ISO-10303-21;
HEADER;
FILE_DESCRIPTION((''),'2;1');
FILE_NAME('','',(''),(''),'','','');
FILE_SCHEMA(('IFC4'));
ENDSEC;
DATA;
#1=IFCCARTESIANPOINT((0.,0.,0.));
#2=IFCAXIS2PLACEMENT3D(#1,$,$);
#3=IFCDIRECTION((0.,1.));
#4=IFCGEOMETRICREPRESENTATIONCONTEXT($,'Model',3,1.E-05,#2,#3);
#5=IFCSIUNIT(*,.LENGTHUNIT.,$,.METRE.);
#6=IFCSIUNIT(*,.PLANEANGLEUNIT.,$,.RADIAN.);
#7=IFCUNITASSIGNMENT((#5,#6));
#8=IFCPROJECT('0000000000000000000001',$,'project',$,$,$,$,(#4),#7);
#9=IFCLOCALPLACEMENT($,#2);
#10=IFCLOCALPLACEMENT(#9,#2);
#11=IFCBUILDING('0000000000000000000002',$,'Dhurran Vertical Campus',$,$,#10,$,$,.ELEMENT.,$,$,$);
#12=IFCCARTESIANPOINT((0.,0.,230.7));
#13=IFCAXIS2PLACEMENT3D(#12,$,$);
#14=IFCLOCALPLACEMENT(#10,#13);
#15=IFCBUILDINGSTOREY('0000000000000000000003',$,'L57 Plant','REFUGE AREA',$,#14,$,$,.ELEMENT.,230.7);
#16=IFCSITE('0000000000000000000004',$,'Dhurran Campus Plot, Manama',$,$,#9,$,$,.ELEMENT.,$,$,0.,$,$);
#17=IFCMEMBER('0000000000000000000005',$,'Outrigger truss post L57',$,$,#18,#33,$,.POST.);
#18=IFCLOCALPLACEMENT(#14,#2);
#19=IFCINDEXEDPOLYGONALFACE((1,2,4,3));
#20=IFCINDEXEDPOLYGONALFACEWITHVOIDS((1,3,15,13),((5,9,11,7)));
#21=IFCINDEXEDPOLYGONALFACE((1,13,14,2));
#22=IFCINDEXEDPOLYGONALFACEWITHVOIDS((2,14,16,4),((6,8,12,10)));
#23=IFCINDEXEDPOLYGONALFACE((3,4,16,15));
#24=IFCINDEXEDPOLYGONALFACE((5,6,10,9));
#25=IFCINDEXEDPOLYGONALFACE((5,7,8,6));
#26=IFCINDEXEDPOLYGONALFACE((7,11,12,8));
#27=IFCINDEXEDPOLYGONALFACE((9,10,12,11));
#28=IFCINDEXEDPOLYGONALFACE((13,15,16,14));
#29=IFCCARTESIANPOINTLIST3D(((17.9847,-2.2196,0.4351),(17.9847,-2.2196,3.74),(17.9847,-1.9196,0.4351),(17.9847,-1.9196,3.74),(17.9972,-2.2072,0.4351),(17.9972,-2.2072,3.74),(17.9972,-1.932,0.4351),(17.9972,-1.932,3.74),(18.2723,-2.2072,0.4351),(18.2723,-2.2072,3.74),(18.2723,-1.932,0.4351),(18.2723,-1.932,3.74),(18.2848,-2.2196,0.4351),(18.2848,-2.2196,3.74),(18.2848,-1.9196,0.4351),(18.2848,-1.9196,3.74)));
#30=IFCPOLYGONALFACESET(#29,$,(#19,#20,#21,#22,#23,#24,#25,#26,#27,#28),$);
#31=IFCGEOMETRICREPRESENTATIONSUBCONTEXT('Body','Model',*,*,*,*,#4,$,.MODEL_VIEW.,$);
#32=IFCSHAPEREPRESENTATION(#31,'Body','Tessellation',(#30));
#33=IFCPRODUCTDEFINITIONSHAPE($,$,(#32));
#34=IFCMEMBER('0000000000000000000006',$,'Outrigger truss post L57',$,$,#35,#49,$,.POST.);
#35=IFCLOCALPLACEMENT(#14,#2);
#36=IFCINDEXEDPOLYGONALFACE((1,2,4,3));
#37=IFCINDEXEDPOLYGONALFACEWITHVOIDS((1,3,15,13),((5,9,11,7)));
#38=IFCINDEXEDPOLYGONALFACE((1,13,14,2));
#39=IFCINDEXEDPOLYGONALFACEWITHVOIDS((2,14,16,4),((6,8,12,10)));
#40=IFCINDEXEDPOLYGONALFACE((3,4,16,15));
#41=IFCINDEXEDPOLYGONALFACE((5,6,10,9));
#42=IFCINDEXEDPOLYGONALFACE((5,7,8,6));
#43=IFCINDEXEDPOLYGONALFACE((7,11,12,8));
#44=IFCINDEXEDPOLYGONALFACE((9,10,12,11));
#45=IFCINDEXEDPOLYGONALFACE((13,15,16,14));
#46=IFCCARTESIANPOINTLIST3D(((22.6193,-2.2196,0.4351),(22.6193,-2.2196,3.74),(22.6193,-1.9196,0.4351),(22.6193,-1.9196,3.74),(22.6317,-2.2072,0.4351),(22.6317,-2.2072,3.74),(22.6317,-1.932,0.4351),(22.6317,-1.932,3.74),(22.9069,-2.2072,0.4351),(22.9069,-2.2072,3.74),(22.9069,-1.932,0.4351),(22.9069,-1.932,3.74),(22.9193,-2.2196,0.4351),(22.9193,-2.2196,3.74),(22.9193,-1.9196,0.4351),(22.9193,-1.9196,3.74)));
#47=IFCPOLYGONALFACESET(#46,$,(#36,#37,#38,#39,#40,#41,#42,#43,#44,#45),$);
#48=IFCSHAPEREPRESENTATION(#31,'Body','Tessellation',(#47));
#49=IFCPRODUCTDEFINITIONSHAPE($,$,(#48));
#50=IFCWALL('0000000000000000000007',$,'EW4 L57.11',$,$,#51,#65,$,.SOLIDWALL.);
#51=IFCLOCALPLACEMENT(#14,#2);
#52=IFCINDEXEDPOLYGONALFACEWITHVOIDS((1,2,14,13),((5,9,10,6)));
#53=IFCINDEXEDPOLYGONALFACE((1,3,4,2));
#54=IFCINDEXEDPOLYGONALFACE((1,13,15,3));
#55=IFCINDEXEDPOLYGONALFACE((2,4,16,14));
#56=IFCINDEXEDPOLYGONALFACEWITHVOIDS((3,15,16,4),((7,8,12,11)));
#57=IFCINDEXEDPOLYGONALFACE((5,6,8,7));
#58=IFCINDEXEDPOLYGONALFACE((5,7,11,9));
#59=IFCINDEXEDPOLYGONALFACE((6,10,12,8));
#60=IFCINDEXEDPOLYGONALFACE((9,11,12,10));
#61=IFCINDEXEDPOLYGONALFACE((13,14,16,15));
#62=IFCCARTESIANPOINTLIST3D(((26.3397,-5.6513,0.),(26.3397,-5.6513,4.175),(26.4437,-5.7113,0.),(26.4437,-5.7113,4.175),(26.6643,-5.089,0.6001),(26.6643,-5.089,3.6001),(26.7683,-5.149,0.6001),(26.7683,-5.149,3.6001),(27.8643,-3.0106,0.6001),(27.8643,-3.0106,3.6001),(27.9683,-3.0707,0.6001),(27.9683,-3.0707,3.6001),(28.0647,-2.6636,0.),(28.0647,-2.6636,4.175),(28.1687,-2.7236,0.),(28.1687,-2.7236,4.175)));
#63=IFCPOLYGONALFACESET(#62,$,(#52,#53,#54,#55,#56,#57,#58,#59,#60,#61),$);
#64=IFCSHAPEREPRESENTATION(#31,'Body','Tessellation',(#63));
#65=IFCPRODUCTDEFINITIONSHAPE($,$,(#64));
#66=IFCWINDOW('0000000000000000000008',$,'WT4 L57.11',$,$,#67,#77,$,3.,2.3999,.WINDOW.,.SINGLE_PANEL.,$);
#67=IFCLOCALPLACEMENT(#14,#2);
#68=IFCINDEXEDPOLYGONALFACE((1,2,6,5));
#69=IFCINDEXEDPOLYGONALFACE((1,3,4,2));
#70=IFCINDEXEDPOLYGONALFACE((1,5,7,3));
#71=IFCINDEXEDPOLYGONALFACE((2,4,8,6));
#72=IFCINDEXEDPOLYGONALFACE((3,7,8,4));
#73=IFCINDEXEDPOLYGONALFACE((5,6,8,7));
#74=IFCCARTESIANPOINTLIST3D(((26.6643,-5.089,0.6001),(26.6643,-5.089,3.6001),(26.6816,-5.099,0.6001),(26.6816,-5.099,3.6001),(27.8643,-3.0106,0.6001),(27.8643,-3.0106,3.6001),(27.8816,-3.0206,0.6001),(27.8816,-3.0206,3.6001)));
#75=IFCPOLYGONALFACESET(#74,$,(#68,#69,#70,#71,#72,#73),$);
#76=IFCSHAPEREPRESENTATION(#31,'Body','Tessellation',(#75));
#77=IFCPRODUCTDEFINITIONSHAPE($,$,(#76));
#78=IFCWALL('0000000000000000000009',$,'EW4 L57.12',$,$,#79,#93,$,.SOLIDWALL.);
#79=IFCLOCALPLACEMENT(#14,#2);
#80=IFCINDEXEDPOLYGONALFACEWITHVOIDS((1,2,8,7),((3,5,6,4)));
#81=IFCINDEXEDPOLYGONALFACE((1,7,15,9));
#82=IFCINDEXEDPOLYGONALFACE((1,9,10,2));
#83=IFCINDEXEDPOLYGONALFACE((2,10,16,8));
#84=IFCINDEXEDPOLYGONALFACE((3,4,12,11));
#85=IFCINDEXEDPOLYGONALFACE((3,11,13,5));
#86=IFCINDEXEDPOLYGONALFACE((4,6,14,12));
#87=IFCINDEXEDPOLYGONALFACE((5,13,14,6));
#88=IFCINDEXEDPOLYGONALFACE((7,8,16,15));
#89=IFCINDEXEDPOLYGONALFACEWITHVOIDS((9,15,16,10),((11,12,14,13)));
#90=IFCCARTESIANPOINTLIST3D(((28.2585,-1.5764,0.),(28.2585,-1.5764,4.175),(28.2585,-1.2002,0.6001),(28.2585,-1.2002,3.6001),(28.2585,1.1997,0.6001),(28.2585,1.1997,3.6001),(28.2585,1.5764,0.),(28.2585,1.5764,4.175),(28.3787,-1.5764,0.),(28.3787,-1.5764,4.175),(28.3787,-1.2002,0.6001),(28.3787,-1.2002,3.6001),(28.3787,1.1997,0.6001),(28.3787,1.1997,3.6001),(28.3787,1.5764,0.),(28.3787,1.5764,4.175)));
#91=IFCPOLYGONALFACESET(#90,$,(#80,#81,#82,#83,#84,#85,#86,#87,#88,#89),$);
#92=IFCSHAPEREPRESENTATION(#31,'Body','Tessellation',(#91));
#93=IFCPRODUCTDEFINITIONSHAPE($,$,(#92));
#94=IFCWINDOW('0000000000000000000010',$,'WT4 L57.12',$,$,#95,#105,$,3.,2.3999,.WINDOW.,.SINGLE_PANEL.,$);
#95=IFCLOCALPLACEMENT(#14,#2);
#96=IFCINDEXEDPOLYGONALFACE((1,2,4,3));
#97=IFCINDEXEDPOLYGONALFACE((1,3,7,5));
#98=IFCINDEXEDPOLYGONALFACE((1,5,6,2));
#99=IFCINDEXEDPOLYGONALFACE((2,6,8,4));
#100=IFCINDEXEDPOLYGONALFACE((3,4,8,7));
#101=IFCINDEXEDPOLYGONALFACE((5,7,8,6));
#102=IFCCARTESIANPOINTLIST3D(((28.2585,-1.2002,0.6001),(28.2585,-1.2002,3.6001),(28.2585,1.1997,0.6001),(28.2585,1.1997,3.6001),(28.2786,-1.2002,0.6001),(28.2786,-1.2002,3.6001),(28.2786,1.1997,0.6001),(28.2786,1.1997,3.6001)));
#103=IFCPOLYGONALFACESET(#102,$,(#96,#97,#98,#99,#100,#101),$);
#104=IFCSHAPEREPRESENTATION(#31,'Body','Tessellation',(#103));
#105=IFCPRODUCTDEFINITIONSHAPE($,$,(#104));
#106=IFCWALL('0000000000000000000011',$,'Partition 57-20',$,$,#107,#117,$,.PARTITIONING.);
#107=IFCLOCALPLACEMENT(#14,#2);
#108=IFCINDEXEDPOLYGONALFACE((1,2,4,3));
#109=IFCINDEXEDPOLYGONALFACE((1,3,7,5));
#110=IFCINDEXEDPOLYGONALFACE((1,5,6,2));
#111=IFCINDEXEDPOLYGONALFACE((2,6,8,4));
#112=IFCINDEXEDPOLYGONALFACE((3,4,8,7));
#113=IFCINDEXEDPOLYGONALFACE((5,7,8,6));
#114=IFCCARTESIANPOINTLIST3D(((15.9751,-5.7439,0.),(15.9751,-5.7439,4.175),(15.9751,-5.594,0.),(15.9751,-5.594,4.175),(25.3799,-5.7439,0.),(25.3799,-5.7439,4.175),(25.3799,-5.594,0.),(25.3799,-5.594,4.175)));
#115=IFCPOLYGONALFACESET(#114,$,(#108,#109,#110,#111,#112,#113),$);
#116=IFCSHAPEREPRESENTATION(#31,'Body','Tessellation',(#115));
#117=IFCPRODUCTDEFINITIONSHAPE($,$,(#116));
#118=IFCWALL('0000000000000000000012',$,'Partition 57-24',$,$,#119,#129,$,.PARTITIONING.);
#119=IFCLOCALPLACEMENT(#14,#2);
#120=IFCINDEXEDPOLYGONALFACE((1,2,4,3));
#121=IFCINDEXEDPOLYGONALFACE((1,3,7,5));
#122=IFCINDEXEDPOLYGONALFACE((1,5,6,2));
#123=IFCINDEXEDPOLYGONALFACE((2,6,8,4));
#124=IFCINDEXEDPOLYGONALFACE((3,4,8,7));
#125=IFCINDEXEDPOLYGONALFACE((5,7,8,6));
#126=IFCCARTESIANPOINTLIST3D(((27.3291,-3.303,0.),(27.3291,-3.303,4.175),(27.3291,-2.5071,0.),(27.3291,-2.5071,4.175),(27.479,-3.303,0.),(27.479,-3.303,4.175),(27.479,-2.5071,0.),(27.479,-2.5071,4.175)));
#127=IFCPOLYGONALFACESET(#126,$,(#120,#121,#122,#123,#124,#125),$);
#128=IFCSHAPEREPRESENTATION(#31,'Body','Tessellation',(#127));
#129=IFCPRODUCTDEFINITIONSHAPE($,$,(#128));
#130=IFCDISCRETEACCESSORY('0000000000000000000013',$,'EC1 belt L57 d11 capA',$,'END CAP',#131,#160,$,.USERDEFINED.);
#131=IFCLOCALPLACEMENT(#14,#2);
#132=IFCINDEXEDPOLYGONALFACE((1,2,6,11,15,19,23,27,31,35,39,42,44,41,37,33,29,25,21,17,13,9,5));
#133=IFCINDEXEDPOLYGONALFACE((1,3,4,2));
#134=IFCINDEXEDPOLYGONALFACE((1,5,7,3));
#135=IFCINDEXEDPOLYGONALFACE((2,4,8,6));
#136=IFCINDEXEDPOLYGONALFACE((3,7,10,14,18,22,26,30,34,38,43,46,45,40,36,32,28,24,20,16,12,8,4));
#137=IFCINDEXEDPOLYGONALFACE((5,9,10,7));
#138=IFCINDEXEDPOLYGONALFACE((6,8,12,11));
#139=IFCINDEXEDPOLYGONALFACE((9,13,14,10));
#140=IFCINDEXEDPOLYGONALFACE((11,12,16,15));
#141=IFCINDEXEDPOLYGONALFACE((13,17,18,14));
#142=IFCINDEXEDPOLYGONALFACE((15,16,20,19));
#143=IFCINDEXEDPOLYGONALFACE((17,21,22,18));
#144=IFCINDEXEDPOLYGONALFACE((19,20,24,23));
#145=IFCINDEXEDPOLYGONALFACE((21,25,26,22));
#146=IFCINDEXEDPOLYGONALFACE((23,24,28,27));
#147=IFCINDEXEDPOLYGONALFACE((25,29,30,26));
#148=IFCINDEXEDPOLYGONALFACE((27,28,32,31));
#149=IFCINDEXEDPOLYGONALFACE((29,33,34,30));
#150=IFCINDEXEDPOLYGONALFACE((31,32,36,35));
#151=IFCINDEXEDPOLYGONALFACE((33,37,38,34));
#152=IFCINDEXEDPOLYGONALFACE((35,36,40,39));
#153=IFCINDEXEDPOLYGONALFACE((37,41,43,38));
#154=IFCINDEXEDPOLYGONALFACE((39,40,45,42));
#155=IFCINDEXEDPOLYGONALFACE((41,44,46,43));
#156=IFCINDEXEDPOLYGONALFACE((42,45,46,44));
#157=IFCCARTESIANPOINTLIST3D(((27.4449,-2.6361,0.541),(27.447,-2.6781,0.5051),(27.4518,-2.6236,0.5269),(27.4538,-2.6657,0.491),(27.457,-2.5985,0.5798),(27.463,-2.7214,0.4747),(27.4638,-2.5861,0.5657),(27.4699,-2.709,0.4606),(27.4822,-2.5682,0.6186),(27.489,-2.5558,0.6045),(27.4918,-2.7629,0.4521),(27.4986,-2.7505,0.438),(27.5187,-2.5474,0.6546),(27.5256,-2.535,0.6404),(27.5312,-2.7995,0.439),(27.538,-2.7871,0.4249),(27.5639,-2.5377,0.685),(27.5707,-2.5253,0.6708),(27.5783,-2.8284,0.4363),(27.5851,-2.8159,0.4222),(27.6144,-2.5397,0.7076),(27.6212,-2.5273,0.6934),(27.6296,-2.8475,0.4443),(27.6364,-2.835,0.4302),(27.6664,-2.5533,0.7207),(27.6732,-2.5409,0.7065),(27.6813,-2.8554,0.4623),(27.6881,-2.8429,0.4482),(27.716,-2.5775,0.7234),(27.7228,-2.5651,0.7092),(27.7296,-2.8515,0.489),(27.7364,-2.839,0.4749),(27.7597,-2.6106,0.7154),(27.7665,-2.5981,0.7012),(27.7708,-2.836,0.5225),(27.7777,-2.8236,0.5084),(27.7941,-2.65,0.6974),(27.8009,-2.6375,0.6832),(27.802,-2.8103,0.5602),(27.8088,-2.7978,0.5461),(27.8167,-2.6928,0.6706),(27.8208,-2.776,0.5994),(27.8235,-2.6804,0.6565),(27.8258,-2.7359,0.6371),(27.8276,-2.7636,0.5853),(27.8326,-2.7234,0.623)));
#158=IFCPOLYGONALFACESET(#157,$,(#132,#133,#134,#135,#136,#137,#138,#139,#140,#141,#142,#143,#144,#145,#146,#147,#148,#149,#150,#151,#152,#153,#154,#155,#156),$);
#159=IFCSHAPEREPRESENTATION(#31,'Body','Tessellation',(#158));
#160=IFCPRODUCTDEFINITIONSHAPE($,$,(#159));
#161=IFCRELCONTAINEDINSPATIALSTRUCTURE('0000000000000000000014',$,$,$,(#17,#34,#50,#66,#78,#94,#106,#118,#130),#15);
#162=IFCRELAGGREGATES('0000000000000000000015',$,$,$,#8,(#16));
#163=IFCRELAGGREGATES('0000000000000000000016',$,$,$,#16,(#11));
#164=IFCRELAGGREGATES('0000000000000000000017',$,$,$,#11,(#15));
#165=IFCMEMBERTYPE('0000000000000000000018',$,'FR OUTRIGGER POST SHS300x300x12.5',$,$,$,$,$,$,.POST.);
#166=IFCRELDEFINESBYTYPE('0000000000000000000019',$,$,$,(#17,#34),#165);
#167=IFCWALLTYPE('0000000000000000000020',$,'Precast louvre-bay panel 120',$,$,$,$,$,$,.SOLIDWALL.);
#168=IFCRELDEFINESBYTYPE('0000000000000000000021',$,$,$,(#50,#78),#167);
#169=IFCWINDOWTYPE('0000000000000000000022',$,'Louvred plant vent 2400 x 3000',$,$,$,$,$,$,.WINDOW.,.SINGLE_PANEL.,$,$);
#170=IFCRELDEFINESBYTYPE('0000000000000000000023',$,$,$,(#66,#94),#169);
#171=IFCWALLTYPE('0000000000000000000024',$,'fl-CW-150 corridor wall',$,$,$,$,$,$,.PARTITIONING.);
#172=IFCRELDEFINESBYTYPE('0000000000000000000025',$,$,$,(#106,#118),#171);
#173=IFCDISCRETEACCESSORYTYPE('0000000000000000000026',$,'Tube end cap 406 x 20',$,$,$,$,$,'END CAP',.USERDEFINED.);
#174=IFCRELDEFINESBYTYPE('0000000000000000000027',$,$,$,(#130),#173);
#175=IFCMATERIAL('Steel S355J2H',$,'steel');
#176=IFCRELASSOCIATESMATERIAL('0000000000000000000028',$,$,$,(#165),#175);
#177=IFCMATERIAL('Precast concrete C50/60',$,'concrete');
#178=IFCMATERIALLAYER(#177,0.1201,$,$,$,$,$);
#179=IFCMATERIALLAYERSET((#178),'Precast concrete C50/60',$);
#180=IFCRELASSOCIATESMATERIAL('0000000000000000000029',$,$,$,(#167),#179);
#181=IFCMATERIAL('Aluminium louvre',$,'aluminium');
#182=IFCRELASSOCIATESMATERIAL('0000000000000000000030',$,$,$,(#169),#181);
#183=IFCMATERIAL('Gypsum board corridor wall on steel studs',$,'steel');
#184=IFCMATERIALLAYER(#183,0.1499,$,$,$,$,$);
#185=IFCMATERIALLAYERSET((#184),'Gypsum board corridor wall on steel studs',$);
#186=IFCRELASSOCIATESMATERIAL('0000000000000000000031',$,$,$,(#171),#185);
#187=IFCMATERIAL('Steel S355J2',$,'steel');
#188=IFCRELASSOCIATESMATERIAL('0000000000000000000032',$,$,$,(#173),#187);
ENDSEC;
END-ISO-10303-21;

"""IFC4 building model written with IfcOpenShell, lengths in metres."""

from ifc_helpers import new_model, si_unit, direction, frame, frame_2d, origin, origin_2d, place, context, subcontext, project, spatial, rectangle, hollow_rectangle, circle, extrude, material, layer, layer_set, material_profile, profile_set, type_object, element, fill, save


model = new_model("IFC4")

# Units and contexts
model_context = context("Model", 3, precision=1e-05, world=origin(), true_north=direction((0.0, 1.0)))
body_context = subcontext(model_context, "Body", "Model", "MODEL_VIEW")
ifc_project = project(units=[si_unit("LENGTHUNIT", "METRE"), si_unit("PLANEANGLEUNIT", "RADIAN")], contexts=[model_context])

# Site, building, storey
site_placement = place(None, origin())
site = spatial("IfcSite", under=ifc_project, at=site_placement, Name="Dhurran Campus Plot, Manama", CompositionType="ELEMENT", RefElevation=0.0)
building_placement = place(site_placement, origin())
building = spatial("IfcBuilding", under=site, at=building_placement, Name="Dhurran Vertical Campus", CompositionType="ELEMENT")
storey_placement = place(building_placement, frame((0.0, 0.0, 230.7)))
storey = spatial("IfcBuildingStorey", under=building, at=storey_placement, Name="L57 Plant", Description="REFUGE AREA", CompositionType="ELEMENT", Elevation=230.7)

# Members
ifc_material_1 = material(Name="Steel S355J2H", Category="steel")
ifc_material_profile_1 = material_profile(ifc_material_1, hollow_rectangle(XDim=0.3, YDim=0.3, WallThickness=0.0125, at=origin_2d()), Name="SHS300x300x12.5")
ifc_profile_set_1 = profile_set([ifc_material_profile_1], Name="Steel S355J2H")
member_type_1 = type_object("IfcMemberType", Name="FR OUTRIGGER POST SHS300x300x12.5", PredefinedType="POST", material=ifc_profile_set_1)
for number, where, z_axis, x_axis, name in (
    (1, (18.1348, -2.0696, 0.4351), (0.0, 0.0, 1.0), (1.0, 0.0, 0.0), "Outrigger truss post L57"),
    (2, (22.7693, -2.0696, 0.4351), (0.0, 0.0, 1.0), (1.0, 0.0, 0.0), "Outrigger truss post L57"),
):
    element("IfcMember", number, at=place(storey_placement, frame(where, z_axis=z_axis, x_axis=x_axis)), inside=storey, type_object=member_type_1, Name=name, PredefinedType="POST", context=body_context, shape_type="SweptSolid", body=[
        extrude(hollow_rectangle(XDim=0.3, YDim=0.3, WallThickness=0.0125, at=origin_2d()), origin(), (0.0, 0.0, 1.0), 3.3049),
    ])

# Walls, openings, windows
ifc_material_2 = material(Name="Precast concrete C50/60", Category="concrete")
ifc_layer_1 = layer(ifc_material_2, 0.1201)
ifc_layer_set_1 = layer_set([ifc_layer_1], Name="Precast concrete C50/60")
wall_type_1 = type_object("IfcWallType", Name="Precast louvre-bay panel 120", PredefinedType="SOLIDWALL", material=ifc_layer_set_1)
wall_1_placement = place(storey_placement, frame((26.3916, -5.6814, 0.0), z_axis=(0.0, 0.0, 1.0), x_axis=(0.500021, 0.866014, 0.0)))
wall_1 = element("IfcWall", 3, at=wall_1_placement, inside=storey, type_object=wall_type_1, Name="EW4 L57.11", PredefinedType="SOLIDWALL", context=body_context, shape_type="SweptSolid", body=[
    extrude(rectangle(XDim=3.45, YDim=0.1201, at=frame_2d((1.7251, 0.0))), origin(), (0.0, 0.0, 1.0), 4.175),
])
opening_1_placement = place(wall_1_placement, frame((0.6494, 0.0, 0.6001)))
opening_1 = element("IfcOpeningElement", 4, at=opening_1_placement, cuts=wall_1, PredefinedType="OPENING", context=body_context, shape_type="SweptSolid", body=[
    extrude(rectangle(XDim=2.3999, YDim=3.0, at=frame_2d((1.2, 1.5))), frame((0.0, 0.0701, 0.0), z_axis=(0.0, -1.0, 0.0), x_axis=(1.0, 0.0, 0.0)), (0.0, 0.0, 1.0), 0.1401),
])
ifc_material_3 = material(Name="Aluminium louvre", Category="aluminium")
window_type = type_object("IfcWindowType", Name="Louvred plant vent 2400 x 3000", PartitioningType="SINGLE_PANEL", PredefinedType="WINDOW", material=ifc_material_3)
window_1_placement = place(opening_1_placement, origin())
window_1 = element("IfcWindow", 5, at=window_1_placement, inside=storey, type_object=window_type, Name="WT4 L57.11", OverallHeight=3.0, OverallWidth=2.3999, PartitioningType="SINGLE_PANEL", PredefinedType="WINDOW", context=body_context, shape_type="SweptSolid", body=[
    extrude(rectangle(XDim=2.3999, YDim=3.0, at=frame_2d((1.2, 1.5))), frame((0.0, 0.0601, 0.0), z_axis=(0.0, -1.0, 0.0), x_axis=(1.0, 0.0, 0.0)), (0.0, 0.0, 1.0), 0.02),
])
fill(opening_1, window_1)
wall_2_placement = place(storey_placement, frame((28.3186, -1.5764, 0.0), z_axis=(0.0, 0.0, 1.0), x_axis=(0.0, 1.0, 0.0)))
wall_2 = element("IfcWall", 6, at=wall_2_placement, inside=storey, type_object=wall_type_1, Name="EW4 L57.12", PredefinedType="SOLIDWALL", context=body_context, shape_type="SweptSolid", body=[
    extrude(rectangle(XDim=3.1528, YDim=0.1201, at=frame_2d((1.5764, 0.0))), origin(), (0.0, 0.0, 1.0), 4.175),
])
opening_2_placement = place(wall_2_placement, frame((0.3762, 0.0, 0.6001)))
opening_2 = element("IfcOpeningElement", 7, at=opening_2_placement, cuts=wall_2, PredefinedType="OPENING", context=body_context, shape_type="SweptSolid", body=[
    extrude(rectangle(XDim=2.3999, YDim=3.0, at=frame_2d((1.2, 1.5))), frame((0.0, 0.0701, 0.0), z_axis=(0.0, -1.0, 0.0), x_axis=(1.0, 0.0, 0.0)), (0.0, 0.0, 1.0), 0.1401),
])
window_2_placement = place(opening_2_placement, origin())
window_2 = element("IfcWindow", 8, at=window_2_placement, inside=storey, type_object=window_type, Name="WT4 L57.12", OverallHeight=3.0, OverallWidth=2.3999, PartitioningType="SINGLE_PANEL", PredefinedType="WINDOW", context=body_context, shape_type="SweptSolid", body=[
    extrude(rectangle(XDim=2.3999, YDim=3.0, at=frame_2d((1.2, 1.5))), frame((0.0, 0.0601, 0.0), z_axis=(0.0, -1.0, 0.0), x_axis=(1.0, 0.0, 0.0)), (0.0, 0.0, 1.0), 0.02),
])
fill(opening_2, window_2)

# Walls
ifc_material_4 = material(Name="Gypsum board corridor wall on steel studs", Category="steel")
ifc_layer_2 = layer(ifc_material_4, 0.1499)
ifc_layer_set_2 = layer_set([ifc_layer_2], Name="Gypsum board corridor wall on steel studs")
wall_type_2 = type_object("IfcWallType", Name="fl-CW-150 corridor wall", PredefinedType="PARTITIONING", material=ifc_layer_set_2)
wall_3_placement = place(storey_placement, frame((25.3799, -5.6689, 0.0), z_axis=(0.0, 0.0, 1.0), x_axis=(-1.0, 0.0, 0.0)))
element("IfcWall", 9, at=wall_3_placement, inside=storey, type_object=wall_type_2, Name="Partition 57-20", PredefinedType="PARTITIONING", context=body_context, shape_type="SweptSolid", body=[
    extrude(rectangle(XDim=9.4048, YDim=0.1499, at=frame_2d((4.7024, 0.0))), origin(), (0.0, 0.0, 1.0), 4.175),
])
wall_4_placement = place(storey_placement, frame((27.4041, -2.5071, 0.0), z_axis=(0.0, 0.0, 1.0), x_axis=(0.0, -1.0, 0.0)))
element("IfcWall", 10, at=wall_4_placement, inside=storey, type_object=wall_type_2, Name="Partition 57-24", PredefinedType="PARTITIONING", context=body_context, shape_type="SweptSolid", body=[
    extrude(rectangle(XDim=0.7959, YDim=0.1499, at=frame_2d((0.3979, 0.0))), origin(), (0.0, 0.0, 1.0), 4.175),
])

# Discrete accessory
ifc_material_5 = material(Name="Steel S355J2", Category="steel")
ifc_material_profile_2 = material_profile(ifc_material_5, circle(Radius=0.2031, at=origin_2d()), Name="Tube end cap 406 x 20")
ifc_profile_set_2 = profile_set([ifc_material_profile_2], Name="Steel S355J2")
discrete_accessory_type_1 = type_object("IfcDiscreteAccessoryType", Name="Tube end cap 406 x 20", ElementType="END CAP", PredefinedType="USERDEFINED", material=ifc_profile_set_2)
for number, where, z_axis, x_axis, name in (
    (11, (27.635, -2.6963, 0.5798), (0.34083, 0.620798, -0.706006), (-0.876579, 0.481259, 0.0), "EC1 belt L57 d11 capA"),
):
    element("IfcDiscreteAccessory", number, at=place(storey_placement, frame(where, z_axis=z_axis, x_axis=x_axis)), inside=storey, type_object=discrete_accessory_type_1, Name=name, ObjectType="END CAP", PredefinedType="USERDEFINED", context=body_context, shape_type="SweptSolid", body=[
        extrude(circle(Radius=0.2031, at=origin_2d()), origin(), (0.0, 0.0, 1.0), 0.02),
    ])

save(model, "model.ifc")
